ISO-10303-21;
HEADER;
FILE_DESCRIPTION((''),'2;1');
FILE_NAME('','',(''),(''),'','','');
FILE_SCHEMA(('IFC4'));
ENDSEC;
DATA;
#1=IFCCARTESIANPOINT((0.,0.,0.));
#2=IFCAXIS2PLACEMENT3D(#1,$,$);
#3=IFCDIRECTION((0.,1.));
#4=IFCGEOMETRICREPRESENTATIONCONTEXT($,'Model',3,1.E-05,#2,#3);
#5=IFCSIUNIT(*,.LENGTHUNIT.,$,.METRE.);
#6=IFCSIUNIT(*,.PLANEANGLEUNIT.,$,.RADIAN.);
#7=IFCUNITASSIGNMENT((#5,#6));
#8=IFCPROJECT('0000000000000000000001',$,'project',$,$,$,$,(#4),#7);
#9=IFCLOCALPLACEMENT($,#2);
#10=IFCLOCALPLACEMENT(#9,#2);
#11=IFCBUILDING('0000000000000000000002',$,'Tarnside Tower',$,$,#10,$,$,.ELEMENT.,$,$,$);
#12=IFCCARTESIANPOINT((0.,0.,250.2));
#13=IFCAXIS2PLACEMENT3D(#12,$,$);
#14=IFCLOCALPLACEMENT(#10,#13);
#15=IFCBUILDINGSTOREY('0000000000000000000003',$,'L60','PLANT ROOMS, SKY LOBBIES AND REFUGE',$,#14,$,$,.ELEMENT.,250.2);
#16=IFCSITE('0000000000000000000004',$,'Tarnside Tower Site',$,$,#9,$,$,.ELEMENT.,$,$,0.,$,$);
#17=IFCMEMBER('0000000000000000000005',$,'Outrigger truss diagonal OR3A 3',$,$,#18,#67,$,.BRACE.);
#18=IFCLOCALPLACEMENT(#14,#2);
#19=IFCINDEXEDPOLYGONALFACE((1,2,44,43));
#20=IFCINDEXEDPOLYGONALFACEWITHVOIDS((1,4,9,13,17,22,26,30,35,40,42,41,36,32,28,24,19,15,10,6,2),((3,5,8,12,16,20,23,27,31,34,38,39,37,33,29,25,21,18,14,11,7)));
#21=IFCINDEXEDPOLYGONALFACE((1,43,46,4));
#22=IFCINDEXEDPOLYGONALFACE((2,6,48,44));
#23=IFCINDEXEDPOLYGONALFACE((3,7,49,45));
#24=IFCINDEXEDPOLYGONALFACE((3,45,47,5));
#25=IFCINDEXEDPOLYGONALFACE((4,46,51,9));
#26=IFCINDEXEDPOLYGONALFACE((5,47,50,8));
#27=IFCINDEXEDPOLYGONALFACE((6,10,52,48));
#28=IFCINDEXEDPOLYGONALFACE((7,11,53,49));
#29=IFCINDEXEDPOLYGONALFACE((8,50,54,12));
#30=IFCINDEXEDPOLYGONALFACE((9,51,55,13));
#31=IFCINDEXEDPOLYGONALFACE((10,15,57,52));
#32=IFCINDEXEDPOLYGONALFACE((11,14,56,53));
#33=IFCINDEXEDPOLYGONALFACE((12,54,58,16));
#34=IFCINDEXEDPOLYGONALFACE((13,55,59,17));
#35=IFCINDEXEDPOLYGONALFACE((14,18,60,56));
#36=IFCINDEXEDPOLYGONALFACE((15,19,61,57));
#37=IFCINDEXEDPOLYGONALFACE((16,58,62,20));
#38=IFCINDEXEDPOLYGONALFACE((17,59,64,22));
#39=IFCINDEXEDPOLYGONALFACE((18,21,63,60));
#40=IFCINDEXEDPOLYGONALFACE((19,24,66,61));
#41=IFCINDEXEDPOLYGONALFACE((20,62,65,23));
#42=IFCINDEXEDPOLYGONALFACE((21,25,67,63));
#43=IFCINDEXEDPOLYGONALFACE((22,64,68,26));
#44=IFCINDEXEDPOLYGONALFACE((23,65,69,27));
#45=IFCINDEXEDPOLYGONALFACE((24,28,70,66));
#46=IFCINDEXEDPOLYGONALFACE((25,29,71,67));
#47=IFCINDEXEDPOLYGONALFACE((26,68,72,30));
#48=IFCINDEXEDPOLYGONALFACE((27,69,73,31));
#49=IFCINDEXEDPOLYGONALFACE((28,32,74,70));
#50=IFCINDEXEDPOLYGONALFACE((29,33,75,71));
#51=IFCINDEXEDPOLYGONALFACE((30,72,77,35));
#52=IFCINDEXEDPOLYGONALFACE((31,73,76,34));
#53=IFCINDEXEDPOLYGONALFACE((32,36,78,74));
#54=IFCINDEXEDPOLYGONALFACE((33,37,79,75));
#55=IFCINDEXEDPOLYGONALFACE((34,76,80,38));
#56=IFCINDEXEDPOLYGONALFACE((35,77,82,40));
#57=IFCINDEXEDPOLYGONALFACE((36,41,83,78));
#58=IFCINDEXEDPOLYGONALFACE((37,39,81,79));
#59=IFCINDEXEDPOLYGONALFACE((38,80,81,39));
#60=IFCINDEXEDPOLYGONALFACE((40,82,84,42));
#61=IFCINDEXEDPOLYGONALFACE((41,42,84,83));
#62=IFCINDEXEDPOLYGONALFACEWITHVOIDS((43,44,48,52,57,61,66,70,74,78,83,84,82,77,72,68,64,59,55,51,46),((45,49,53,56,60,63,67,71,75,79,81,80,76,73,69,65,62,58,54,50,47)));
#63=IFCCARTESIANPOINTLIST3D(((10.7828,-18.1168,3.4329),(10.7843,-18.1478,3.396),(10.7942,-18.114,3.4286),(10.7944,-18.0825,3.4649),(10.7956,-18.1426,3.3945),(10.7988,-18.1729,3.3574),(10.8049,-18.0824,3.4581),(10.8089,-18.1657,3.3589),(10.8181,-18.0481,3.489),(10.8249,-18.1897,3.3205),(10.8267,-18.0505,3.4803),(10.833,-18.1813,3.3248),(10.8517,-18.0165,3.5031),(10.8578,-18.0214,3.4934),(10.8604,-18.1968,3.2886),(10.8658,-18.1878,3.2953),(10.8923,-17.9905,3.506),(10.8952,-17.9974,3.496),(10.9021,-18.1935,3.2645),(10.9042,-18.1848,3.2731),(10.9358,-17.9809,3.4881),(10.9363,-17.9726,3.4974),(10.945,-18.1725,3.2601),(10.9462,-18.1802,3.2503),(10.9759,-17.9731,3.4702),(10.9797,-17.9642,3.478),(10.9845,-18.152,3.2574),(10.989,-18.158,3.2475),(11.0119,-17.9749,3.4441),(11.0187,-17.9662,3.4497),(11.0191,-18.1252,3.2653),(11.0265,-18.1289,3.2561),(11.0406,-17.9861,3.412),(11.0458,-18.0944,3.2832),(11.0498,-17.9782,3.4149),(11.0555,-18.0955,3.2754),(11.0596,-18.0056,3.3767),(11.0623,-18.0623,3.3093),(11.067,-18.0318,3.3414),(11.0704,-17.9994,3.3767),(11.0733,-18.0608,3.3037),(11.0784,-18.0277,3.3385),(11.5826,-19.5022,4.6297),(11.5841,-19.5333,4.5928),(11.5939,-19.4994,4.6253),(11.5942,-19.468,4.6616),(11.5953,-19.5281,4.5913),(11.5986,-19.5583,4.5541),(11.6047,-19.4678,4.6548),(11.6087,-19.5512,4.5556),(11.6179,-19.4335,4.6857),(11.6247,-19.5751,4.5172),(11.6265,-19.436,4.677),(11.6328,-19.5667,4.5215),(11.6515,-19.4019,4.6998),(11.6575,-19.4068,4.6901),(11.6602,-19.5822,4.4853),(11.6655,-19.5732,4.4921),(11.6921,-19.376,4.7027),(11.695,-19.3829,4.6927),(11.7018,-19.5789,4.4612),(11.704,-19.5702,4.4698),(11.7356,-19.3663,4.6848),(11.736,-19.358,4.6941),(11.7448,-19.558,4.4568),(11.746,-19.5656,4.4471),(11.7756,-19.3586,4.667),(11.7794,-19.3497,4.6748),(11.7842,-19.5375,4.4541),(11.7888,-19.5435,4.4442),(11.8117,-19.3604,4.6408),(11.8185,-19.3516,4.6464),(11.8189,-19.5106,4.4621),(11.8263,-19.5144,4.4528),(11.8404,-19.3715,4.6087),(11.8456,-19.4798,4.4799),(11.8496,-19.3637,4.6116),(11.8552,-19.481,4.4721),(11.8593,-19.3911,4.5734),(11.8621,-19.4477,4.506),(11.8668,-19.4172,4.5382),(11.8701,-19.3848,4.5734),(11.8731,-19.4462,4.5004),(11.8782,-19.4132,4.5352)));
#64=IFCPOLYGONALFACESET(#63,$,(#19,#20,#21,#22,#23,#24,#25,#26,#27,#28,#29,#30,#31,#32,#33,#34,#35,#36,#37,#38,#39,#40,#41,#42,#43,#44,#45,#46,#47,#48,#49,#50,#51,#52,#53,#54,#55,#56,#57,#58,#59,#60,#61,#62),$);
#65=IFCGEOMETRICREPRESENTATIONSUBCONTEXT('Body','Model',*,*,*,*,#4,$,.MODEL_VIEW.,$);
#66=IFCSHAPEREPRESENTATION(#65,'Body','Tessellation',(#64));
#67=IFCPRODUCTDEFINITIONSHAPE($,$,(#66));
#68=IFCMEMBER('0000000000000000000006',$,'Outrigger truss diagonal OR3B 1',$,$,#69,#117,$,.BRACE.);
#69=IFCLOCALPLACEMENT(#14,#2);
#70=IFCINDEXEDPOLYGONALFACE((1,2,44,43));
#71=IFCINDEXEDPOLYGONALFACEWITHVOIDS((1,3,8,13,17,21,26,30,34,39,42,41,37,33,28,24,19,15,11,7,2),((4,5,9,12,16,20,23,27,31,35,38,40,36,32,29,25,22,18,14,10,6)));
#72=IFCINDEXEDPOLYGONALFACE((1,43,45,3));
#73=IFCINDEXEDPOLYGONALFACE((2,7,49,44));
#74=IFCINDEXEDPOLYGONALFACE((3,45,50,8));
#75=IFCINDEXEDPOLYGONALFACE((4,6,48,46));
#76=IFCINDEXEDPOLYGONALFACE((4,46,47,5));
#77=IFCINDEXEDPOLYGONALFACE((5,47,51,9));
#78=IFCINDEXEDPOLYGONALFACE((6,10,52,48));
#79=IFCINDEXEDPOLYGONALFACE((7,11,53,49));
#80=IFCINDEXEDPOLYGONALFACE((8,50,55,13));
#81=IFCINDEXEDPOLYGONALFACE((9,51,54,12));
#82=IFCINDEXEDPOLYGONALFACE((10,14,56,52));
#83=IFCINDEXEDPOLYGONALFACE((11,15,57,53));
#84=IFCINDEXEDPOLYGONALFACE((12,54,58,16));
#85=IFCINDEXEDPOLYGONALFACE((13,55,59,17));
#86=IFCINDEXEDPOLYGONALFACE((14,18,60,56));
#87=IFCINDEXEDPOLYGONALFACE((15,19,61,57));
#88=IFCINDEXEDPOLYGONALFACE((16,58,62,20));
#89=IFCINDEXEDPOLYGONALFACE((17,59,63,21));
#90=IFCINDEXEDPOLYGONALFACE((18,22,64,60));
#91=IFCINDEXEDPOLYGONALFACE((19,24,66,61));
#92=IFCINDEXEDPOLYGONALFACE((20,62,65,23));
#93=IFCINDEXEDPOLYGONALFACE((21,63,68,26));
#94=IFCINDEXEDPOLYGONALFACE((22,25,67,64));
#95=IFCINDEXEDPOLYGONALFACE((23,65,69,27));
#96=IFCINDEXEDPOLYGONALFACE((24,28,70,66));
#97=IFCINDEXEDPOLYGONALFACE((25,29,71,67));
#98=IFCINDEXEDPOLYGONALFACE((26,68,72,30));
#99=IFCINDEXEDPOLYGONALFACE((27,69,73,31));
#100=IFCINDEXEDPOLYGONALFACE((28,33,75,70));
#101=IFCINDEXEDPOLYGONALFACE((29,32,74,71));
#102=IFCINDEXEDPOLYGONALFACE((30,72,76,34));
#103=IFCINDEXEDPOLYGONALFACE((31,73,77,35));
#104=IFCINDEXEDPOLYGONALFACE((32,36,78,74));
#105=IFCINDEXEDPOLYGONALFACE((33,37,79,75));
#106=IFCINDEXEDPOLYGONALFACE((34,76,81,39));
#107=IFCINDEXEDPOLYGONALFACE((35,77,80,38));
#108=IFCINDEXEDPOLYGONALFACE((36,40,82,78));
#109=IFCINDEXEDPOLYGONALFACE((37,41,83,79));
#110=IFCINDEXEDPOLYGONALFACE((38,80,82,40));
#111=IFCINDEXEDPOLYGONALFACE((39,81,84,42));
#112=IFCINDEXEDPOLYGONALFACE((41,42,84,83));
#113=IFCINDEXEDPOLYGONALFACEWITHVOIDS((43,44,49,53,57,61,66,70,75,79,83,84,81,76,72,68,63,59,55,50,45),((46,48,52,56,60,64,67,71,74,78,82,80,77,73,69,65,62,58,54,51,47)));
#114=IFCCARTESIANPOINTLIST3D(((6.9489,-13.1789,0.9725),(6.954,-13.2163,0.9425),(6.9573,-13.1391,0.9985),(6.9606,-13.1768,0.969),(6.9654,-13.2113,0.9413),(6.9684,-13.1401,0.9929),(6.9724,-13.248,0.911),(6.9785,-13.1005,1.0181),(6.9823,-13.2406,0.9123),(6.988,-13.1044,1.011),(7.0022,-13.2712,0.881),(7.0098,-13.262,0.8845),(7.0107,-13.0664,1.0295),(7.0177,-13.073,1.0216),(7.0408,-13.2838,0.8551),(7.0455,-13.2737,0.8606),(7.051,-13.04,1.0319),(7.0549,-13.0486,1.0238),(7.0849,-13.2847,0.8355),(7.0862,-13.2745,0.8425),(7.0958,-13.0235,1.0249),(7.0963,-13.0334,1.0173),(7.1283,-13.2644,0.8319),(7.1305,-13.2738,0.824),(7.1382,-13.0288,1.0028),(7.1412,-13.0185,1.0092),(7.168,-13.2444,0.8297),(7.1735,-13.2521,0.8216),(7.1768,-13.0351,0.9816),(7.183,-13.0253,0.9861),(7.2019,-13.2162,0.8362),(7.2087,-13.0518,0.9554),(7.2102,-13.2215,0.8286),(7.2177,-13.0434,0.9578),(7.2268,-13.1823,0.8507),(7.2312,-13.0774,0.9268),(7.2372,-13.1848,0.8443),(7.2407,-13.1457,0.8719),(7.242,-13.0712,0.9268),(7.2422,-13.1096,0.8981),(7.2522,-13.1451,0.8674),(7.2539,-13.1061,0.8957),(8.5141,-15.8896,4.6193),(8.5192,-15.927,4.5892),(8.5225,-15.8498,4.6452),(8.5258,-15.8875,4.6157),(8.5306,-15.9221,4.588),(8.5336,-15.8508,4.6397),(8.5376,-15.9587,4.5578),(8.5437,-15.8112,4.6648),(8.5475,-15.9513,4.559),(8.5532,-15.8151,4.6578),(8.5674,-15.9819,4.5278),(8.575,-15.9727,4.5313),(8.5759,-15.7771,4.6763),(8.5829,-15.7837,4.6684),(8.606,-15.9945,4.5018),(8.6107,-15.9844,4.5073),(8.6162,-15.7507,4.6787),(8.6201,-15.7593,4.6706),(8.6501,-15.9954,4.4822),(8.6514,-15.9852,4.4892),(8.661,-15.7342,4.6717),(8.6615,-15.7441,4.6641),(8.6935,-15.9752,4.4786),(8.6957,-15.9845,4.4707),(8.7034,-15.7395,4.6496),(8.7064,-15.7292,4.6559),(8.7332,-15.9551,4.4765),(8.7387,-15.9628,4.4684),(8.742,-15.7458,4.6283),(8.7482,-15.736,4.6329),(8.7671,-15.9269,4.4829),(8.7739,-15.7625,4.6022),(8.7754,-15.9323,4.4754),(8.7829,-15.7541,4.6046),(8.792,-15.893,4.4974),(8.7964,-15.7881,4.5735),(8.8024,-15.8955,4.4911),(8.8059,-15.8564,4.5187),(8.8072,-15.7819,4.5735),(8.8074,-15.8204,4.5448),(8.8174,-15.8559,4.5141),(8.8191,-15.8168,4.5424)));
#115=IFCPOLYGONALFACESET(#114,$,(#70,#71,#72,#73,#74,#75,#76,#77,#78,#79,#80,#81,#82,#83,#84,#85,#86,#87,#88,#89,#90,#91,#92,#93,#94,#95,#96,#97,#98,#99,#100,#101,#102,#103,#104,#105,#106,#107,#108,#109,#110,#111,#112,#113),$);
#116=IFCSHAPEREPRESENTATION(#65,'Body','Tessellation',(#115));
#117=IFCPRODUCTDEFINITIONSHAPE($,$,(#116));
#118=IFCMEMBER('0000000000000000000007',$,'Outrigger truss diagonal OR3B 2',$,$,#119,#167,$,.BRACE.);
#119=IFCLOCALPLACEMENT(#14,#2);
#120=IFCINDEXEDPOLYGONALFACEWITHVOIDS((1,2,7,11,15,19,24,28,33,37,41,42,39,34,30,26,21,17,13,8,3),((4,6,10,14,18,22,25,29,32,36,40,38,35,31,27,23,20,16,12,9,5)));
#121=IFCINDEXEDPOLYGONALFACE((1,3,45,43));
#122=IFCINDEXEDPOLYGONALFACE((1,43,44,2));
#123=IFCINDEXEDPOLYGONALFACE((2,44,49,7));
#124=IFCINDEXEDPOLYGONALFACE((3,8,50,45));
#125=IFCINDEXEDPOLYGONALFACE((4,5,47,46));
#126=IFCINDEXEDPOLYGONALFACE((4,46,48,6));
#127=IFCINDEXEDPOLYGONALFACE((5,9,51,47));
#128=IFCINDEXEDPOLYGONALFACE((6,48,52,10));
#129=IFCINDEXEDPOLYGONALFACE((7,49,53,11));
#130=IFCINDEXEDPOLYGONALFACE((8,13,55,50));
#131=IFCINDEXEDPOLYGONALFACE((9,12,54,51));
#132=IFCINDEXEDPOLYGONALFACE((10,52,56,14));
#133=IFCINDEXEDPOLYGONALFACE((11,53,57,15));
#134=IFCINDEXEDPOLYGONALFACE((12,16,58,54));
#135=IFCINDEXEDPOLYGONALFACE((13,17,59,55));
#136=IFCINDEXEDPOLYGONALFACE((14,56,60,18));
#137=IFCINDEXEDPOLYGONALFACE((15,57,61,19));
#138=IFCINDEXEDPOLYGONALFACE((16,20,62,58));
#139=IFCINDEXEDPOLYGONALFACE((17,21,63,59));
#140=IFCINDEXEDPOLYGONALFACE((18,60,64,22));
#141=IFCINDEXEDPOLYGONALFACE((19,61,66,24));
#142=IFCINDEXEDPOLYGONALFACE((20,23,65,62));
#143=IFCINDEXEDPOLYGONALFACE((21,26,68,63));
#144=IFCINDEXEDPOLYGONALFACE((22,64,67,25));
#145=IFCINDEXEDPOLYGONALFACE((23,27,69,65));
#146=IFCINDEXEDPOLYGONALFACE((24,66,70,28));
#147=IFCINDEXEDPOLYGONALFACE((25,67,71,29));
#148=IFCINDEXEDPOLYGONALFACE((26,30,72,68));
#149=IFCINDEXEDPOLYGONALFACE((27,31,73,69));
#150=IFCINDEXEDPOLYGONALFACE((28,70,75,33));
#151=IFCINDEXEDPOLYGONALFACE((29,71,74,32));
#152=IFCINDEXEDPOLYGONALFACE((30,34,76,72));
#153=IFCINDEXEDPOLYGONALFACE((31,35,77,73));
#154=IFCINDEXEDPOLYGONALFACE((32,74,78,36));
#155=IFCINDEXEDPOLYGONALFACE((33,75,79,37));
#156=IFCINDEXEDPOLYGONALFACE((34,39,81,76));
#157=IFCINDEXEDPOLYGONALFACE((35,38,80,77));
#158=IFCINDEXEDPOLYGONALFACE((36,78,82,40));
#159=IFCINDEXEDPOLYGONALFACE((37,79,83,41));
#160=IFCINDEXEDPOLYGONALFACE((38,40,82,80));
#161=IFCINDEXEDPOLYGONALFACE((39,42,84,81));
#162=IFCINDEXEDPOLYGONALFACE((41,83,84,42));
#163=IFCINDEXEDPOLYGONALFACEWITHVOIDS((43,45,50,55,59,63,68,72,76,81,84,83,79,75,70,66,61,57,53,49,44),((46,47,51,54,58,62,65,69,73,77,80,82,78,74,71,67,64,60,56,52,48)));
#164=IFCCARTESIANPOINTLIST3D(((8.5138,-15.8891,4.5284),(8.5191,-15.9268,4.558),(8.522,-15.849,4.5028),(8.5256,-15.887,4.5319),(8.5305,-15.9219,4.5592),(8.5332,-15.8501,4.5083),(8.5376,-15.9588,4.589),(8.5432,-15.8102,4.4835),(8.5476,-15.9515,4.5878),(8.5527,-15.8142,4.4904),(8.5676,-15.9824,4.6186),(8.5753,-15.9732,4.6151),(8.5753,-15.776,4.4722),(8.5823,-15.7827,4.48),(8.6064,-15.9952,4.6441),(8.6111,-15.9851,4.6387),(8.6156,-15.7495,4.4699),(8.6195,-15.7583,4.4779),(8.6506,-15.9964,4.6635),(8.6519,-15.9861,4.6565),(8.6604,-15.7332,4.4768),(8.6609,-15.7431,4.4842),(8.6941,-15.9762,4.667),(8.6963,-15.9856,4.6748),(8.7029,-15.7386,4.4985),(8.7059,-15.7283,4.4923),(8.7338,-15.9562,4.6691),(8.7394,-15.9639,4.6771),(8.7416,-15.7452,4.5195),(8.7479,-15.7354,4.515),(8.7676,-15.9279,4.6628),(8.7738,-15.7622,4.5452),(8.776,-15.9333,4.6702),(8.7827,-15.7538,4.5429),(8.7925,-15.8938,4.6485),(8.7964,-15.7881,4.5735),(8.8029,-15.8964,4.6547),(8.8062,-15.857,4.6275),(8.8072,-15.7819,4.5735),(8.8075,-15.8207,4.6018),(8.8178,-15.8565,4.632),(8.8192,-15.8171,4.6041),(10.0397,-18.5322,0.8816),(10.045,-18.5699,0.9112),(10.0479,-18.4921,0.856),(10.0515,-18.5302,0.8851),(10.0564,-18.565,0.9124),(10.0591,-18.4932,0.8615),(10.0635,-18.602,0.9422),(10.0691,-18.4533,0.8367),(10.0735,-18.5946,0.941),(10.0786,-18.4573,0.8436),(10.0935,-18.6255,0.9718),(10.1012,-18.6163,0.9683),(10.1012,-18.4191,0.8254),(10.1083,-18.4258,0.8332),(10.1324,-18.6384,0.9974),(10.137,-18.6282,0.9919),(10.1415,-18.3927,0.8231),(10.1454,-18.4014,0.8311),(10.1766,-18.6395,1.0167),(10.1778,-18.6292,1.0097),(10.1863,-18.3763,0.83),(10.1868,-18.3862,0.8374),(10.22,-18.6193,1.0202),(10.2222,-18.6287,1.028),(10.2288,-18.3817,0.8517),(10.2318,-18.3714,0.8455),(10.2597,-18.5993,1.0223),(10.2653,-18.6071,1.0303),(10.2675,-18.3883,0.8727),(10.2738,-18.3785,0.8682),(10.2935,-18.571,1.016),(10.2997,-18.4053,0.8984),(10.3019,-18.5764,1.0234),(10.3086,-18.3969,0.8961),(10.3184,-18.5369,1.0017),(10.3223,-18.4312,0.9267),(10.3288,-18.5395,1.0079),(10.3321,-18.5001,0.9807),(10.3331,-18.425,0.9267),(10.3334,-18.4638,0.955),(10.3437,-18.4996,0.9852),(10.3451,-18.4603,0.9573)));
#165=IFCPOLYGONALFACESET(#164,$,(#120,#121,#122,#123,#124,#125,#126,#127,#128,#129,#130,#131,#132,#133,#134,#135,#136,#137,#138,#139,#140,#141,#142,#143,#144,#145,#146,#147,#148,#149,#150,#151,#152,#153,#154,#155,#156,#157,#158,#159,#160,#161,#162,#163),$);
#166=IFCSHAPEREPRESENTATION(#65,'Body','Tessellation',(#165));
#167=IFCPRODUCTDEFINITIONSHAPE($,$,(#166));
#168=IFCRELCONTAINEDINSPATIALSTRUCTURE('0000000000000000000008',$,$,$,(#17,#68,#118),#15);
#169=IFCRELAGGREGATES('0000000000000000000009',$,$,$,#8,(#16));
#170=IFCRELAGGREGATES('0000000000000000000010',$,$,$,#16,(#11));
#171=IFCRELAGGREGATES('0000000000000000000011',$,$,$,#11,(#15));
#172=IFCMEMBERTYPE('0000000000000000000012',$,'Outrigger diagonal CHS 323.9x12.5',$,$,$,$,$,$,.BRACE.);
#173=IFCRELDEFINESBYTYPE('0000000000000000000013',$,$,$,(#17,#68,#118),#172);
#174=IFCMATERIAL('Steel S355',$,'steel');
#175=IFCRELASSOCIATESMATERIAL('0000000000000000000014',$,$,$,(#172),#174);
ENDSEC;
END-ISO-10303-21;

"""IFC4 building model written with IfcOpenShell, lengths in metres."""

from ifc_helpers import new_model, si_unit, direction, frame, origin, origin_2d, place, context, subcontext, project, spatial, hollow_circle, extrude, material, material_profile, profile_set, type_object, element, save


model = new_model("IFC4")

# Units and contexts
model_context = context("Model", 3, precision=1e-05, world=origin(), true_north=direction((0.0, 1.0)))
body_context = subcontext(model_context, "Body", "Model", "MODEL_VIEW")
ifc_project = project(units=[si_unit("LENGTHUNIT", "METRE"), si_unit("PLANEANGLEUNIT", "RADIAN")], contexts=[model_context])

# Site, building, storey
site_placement = place(None, origin())
site = spatial("IfcSite", under=ifc_project, at=site_placement, Name="Tarnside Tower Site", CompositionType="ELEMENT", RefElevation=0.0)
building_placement = place(site_placement, origin())
building = spatial("IfcBuilding", under=site, at=building_placement, Name="Tarnside Tower", CompositionType="ELEMENT")
storey_placement = place(building_placement, frame((0.0, 0.0, 250.2)))
storey = spatial("IfcBuildingStorey", under=building, at=storey_placement, Name="L60", Description="PLANT ROOMS, SKY LOBBIES AND REFUGE", CompositionType="ELEMENT", Elevation=250.2)

# Members
ifc_material = material(Name="Steel S355", Category="steel")
ifc_material_profile_1 = material_profile(ifc_material, hollow_circle(Radius=0.1619, WallThickness=0.0125, at=origin_2d()), Name="CHS 323.9x12.5")
ifc_profile_set_1 = profile_set([ifc_material_profile_1], Name="Steel S355")
member_type_1 = type_object("IfcMemberType", Name="Outrigger diagonal CHS 323.9x12.5", PredefinedType="BRACE", material=ifc_profile_set_1)
member_1_placement = place(storey_placement, frame((10.9302, -18.0803, 3.3767), z_axis=(0.400324, -0.69348, 0.59902), x_axis=(0.866056, 0.499947, 0.0)))
element("IfcMember", 1, at=member_1_placement, inside=storey, type_object=member_type_1, Name="Outrigger truss diagonal OR3A 3", PredefinedType="BRACE", context=body_context, shape_type="SweptSolid", body=[
    extrude(hollow_circle(Radius=0.1619, WallThickness=0.0125, at=origin_2d()), origin(), (0.0, 0.0, 1.0), 1.9978),
])
member_2_placement = place(storey_placement, frame((7.1018, -13.1521, 0.9268), z_axis=(0.325683, -0.564039, 0.758809), x_axis=(0.866002, 0.50004, 0.0)))
element("IfcMember", 2, at=member_2_placement, inside=storey, type_object=member_type_1, Name="Outrigger truss diagonal OR3B 1", PredefinedType="BRACE", context=body_context, shape_type="SweptSolid", body=[
    extrude(hollow_circle(Radius=0.1619, WallThickness=0.0125, at=origin_2d()), origin(), (0.0, 0.0, 1.0), 4.8059),
])
member_3_placement = place(storey_placement, frame((8.667, -15.8628, 4.5735), z_axis=(0.320881, -0.555817, -0.766879), x_axis=(0.866039, 0.499976, 0.0)))
element("IfcMember", 3, at=member_3_placement, inside=storey, type_object=member_type_1, Name="Outrigger truss diagonal OR3B 2", PredefinedType="BRACE", context=body_context, shape_type="SweptSolid", body=[
    extrude(hollow_circle(Radius=0.1619, WallThickness=0.0125, at=origin_2d()), origin(), (0.0, 0.0, 1.0), 4.7554),
])

save(model, "model.ifc")
